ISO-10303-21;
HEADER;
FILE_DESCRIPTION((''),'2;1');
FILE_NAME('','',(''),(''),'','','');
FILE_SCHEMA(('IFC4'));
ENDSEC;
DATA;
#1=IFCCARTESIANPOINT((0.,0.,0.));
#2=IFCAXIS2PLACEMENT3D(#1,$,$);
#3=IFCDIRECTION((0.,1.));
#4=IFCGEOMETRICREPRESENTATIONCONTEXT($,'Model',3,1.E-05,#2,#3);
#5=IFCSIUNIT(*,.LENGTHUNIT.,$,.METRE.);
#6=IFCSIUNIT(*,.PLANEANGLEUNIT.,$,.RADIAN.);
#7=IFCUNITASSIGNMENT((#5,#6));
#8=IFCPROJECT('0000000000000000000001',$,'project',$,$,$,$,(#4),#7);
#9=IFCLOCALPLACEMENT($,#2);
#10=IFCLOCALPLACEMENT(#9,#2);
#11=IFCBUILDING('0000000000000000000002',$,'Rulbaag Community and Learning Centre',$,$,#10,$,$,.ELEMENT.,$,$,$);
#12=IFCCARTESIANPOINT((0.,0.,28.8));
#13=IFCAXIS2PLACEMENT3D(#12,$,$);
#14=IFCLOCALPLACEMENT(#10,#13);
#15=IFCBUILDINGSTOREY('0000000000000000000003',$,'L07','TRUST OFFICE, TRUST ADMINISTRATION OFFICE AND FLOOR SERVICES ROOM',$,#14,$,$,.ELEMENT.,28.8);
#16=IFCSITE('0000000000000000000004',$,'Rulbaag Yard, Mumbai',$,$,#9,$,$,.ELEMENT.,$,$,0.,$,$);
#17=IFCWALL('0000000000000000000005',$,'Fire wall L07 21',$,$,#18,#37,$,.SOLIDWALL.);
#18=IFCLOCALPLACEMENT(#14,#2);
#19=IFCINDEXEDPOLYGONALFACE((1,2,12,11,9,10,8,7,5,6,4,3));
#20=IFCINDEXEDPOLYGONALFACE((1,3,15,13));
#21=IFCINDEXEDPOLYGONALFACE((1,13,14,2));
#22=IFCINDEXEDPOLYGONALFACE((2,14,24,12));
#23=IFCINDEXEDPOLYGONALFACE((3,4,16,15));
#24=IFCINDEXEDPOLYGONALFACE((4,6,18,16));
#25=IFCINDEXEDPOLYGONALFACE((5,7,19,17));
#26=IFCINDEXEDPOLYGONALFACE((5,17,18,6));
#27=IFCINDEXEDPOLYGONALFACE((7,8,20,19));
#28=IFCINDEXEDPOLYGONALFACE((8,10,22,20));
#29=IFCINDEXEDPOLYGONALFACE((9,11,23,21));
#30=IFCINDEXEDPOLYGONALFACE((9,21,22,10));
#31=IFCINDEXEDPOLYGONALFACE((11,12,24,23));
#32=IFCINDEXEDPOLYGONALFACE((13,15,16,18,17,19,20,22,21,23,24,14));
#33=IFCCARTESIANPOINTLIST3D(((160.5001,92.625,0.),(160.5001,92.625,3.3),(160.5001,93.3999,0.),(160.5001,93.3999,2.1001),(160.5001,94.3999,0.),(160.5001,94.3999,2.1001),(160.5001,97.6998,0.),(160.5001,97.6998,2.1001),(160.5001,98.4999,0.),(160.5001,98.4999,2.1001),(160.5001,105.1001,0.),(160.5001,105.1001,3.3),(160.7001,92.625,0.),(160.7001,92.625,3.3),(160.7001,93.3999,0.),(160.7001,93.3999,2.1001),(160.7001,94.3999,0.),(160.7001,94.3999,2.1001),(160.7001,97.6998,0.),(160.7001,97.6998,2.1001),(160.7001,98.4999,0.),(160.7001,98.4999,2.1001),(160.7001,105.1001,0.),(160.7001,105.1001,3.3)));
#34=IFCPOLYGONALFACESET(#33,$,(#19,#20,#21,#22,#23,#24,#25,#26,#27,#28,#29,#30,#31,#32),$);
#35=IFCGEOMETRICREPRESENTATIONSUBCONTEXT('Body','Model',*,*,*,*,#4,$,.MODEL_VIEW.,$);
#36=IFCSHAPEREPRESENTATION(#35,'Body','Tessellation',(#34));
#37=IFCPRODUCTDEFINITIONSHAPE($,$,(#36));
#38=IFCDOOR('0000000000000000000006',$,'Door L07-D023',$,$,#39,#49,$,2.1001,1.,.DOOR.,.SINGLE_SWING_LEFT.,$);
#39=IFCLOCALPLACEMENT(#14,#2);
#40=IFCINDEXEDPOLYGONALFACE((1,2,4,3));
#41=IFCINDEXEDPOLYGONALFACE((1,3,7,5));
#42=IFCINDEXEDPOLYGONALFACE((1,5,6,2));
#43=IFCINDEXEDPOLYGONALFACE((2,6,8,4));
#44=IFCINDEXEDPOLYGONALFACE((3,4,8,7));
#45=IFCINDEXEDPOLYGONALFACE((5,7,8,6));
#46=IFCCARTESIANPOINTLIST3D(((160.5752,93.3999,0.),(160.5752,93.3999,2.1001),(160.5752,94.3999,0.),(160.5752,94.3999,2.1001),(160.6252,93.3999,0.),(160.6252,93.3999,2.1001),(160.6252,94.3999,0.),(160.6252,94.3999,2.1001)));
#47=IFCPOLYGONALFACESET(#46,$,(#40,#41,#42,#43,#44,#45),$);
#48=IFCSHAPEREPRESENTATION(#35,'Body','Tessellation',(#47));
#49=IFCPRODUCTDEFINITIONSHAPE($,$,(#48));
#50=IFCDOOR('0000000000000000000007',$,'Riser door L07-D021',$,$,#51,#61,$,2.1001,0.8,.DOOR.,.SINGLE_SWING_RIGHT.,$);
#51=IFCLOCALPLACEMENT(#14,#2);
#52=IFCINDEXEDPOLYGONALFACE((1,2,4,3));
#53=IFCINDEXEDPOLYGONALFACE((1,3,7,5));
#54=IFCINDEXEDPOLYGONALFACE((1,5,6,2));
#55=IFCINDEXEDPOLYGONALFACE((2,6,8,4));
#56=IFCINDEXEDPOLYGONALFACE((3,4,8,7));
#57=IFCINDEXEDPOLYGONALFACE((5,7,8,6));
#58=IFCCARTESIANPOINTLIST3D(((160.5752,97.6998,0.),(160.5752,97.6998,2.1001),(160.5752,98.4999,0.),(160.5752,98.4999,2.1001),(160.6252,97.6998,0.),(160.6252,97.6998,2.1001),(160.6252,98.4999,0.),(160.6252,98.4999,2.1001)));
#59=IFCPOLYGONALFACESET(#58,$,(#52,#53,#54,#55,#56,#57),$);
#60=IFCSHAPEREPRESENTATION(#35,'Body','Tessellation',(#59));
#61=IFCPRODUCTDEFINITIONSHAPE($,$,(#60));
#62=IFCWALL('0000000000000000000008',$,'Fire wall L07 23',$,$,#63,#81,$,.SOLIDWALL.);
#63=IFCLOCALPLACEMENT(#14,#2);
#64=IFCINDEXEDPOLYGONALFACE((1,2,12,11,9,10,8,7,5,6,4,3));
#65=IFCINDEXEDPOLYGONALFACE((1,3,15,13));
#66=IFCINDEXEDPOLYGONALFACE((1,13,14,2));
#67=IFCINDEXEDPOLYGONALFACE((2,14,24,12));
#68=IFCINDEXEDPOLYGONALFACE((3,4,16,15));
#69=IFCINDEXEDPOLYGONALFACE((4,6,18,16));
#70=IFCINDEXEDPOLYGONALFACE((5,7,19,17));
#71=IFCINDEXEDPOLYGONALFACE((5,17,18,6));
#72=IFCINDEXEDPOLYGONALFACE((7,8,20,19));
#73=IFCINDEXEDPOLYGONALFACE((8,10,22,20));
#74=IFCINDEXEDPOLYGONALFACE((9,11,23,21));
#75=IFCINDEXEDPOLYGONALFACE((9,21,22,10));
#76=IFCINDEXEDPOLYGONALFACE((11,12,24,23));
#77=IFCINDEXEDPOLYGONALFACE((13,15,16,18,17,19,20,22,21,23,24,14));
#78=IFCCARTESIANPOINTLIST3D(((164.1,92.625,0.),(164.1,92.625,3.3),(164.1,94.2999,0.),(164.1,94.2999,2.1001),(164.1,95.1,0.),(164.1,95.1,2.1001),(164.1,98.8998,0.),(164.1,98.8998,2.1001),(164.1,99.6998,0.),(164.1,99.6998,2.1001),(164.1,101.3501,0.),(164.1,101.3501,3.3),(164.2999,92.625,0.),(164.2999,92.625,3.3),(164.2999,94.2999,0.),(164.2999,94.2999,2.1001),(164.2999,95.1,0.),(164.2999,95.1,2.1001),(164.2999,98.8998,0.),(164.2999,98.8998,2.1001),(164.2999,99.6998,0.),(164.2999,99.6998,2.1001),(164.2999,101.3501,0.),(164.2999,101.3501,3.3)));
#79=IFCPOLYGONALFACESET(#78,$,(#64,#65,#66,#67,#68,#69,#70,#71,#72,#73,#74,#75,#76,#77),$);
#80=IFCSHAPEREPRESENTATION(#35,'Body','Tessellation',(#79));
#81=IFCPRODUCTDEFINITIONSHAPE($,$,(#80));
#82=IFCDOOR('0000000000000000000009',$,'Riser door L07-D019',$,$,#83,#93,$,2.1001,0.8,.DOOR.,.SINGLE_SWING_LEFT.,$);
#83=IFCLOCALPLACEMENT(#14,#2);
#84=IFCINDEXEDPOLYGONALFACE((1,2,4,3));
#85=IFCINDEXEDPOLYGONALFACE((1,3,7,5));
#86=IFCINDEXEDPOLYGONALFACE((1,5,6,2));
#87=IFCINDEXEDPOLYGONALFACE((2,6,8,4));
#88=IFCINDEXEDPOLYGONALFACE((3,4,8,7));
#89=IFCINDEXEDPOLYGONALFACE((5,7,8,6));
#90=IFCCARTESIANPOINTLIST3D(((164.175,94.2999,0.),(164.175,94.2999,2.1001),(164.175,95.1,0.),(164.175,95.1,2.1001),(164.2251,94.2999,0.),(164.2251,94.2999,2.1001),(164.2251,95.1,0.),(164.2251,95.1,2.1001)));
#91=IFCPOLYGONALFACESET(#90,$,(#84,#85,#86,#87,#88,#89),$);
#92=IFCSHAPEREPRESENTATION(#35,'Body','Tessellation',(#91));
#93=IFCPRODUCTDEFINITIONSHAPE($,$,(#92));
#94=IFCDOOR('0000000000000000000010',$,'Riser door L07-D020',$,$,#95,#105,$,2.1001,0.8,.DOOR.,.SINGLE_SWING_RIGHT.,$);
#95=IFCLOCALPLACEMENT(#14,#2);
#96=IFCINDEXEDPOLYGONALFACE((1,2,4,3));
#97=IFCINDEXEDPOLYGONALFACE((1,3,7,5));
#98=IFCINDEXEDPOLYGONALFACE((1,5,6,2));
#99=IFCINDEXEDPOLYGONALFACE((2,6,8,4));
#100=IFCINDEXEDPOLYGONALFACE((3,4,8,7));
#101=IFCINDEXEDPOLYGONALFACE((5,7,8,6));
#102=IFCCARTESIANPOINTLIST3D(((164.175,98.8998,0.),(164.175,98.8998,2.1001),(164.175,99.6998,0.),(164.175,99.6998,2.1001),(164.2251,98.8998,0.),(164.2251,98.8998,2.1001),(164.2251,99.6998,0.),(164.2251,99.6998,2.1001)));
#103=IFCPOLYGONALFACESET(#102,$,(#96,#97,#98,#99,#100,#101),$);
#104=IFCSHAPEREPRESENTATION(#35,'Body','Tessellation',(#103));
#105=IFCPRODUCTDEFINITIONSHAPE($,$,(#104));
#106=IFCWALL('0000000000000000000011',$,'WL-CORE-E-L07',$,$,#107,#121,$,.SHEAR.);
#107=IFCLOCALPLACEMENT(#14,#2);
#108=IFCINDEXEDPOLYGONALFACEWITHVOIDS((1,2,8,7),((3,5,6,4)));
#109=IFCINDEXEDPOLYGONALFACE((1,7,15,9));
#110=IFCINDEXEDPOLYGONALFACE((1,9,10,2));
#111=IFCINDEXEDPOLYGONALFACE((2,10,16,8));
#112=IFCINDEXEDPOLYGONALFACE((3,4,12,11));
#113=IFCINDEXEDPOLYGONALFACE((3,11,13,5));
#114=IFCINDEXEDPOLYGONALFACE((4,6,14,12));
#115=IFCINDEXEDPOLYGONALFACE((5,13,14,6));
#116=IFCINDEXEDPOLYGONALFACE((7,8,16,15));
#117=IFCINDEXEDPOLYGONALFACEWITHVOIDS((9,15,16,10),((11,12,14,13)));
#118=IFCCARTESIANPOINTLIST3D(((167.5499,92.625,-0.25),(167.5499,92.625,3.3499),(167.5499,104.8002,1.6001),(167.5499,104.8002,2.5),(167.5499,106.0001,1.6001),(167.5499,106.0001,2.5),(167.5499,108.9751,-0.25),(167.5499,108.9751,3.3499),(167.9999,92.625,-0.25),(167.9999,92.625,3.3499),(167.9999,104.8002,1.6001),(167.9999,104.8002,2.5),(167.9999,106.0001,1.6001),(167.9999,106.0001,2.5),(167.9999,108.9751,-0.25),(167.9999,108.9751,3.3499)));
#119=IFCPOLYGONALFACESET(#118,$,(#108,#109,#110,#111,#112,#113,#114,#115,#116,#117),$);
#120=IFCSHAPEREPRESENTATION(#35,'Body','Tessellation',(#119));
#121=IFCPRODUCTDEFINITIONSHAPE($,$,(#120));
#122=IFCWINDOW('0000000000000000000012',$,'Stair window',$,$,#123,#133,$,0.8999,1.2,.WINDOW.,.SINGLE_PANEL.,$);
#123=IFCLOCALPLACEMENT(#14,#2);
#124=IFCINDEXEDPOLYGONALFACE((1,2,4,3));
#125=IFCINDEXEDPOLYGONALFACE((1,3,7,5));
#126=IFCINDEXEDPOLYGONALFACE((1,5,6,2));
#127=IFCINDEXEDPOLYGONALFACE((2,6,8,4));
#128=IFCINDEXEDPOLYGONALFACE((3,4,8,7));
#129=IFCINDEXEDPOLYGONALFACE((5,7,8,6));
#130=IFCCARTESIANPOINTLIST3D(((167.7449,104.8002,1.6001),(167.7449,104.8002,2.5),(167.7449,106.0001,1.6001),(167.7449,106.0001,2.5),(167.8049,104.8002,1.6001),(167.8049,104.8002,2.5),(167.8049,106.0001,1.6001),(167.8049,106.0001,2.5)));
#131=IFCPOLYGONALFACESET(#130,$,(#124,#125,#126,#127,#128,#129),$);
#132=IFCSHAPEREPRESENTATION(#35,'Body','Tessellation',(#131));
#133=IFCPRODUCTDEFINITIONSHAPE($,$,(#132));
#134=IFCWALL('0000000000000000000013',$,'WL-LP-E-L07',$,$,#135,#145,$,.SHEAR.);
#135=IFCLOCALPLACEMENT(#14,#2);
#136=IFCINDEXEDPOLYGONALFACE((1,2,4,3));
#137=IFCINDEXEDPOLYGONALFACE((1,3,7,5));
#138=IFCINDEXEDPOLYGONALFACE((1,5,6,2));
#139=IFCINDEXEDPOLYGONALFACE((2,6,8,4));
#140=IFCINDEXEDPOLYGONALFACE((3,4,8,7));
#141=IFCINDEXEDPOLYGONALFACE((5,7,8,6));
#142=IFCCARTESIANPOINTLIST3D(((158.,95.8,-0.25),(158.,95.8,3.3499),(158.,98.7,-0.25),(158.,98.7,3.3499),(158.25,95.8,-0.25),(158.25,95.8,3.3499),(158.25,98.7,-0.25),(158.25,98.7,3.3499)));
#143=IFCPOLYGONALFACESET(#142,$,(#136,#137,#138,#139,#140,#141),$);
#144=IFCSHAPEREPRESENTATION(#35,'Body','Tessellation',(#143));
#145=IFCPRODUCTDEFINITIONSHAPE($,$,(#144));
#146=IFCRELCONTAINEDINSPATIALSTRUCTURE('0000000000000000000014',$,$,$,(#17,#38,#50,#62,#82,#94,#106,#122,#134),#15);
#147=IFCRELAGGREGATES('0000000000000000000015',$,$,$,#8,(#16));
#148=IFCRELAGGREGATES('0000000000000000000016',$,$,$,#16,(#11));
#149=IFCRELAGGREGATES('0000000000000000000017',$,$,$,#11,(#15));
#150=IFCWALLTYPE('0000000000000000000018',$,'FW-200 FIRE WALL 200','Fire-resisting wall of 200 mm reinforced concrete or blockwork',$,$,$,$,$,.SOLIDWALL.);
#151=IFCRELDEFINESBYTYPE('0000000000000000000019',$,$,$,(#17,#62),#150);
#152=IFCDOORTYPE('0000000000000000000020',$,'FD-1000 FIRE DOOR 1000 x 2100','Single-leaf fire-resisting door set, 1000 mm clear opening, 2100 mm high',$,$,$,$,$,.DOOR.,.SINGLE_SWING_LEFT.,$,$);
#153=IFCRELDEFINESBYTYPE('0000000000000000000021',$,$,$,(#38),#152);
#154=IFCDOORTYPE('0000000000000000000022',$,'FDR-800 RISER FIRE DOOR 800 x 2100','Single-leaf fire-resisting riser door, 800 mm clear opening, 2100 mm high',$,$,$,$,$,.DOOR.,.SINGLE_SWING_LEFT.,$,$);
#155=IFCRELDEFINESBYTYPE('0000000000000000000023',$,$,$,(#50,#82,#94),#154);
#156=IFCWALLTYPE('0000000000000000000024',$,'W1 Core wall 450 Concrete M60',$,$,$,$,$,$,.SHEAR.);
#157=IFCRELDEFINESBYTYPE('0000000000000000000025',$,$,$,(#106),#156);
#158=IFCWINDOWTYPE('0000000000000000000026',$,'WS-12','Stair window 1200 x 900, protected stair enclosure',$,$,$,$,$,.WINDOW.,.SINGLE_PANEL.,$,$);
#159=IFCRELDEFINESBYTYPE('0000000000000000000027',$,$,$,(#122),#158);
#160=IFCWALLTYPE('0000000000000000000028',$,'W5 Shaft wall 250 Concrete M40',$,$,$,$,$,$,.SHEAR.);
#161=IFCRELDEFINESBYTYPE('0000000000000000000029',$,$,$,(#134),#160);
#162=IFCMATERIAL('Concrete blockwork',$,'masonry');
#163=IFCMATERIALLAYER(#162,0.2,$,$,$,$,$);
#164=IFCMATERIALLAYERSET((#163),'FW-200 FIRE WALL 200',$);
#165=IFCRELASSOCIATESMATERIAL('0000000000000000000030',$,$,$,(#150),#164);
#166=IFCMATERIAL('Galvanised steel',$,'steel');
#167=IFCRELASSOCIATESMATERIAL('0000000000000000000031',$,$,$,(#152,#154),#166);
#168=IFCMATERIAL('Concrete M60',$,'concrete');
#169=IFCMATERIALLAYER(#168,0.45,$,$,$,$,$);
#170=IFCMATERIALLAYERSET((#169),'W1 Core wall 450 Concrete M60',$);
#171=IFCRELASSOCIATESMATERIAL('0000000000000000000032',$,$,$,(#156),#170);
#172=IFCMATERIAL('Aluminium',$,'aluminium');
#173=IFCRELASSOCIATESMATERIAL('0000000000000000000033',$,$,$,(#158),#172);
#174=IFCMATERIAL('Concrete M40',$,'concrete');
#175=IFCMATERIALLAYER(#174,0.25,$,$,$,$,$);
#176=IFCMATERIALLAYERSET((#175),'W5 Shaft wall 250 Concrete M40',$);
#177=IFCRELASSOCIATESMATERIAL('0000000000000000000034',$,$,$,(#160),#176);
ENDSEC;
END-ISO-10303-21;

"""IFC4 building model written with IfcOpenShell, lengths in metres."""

from ifc_helpers import new_model, si_unit, direction, frame, frame_2d, origin, place, context, subcontext, project, spatial, rectangle, extrude, material, layer, layer_set, type_object, element, fill, save


model = new_model("IFC4")

# Units and contexts
model_context = context("Model", 3, precision=1e-05, world=origin(), true_north=direction((0.0, 1.0)))
body_context = subcontext(model_context, "Body", "Model", "MODEL_VIEW")
ifc_project = project(units=[si_unit("LENGTHUNIT", "METRE"), si_unit("PLANEANGLEUNIT", "RADIAN")], contexts=[model_context])

# Site, building, storey
site_placement = place(None, origin())
site = spatial("IfcSite", under=ifc_project, at=site_placement, Name="Rulbaag Yard, Mumbai", CompositionType="ELEMENT", RefElevation=0.0)
building_placement = place(site_placement, origin())
building = spatial("IfcBuilding", under=site, at=building_placement, Name="Rulbaag Community and Learning Centre", CompositionType="ELEMENT")
storey_placement = place(building_placement, frame((0.0, 0.0, 28.8)))
storey = spatial("IfcBuildingStorey", under=building, at=storey_placement, Name="L07", Description="TRUST OFFICE, TRUST ADMINISTRATION OFFICE AND FLOOR SERVICES ROOM", CompositionType="ELEMENT", Elevation=28.8)

# Shared definitions
ifc_material_1 = material(Name="Concrete M40", Category="concrete")

# Shared definitions
ifc_material_2 = material(Name="Aluminium", Category="aluminium")

# Shared definitions
ifc_material_3 = material(Name="Concrete blockwork", Category="masonry")
ifc_layer_1 = layer(ifc_material_3, 0.2)
ifc_layer_set_1 = layer_set([ifc_layer_1], Name="FW-200 FIRE WALL 200")
wall_type_1 = type_object("IfcWallType", Name="FW-200 FIRE WALL 200", Description="Fire-resisting wall of 200 mm reinforced concrete or blockwork", PredefinedType="SOLIDWALL", material=ifc_layer_set_1)

# Walls, openings, doors
wall_1_placement = place(storey_placement, frame((160.6001, 92.625, 0.0), z_axis=(0.0, 0.0, 1.0), x_axis=(0.0, 1.0, 0.0)))
wall_1 = element("IfcWall", 1, at=wall_1_placement, inside=storey, type_object=wall_type_1, Name="Fire wall L07 21", PredefinedType="SOLIDWALL", context=body_context, shape_type="SweptSolid", body=[
    extrude(rectangle(XDim=12.4751, YDim=0.2, at=frame_2d((6.2375, 0.0))), origin(), (0.0, 0.0, 1.0), 3.3),
])
opening_1_placement = place(wall_1_placement, frame((5.075, 0.0, 0.0)))
opening_1 = element("IfcOpeningElement", 2, at=opening_1_placement, cuts=wall_1, PredefinedType="OPENING", context=body_context, shape_type="SweptSolid", body=[
    extrude(rectangle(XDim=0.8, YDim=2.1001, at=frame_2d((0.3999, 1.05))), frame((0.0, 0.1099, 0.0), z_axis=(0.0, -1.0, 0.0), x_axis=(1.0, 0.0, 0.0)), (0.0, 0.0, 1.0), 0.22),
])
opening_2_placement = place(wall_1_placement, frame((0.7749, 0.0, 0.0)))
opening_2 = element("IfcOpeningElement", 3, at=opening_2_placement, cuts=wall_1, PredefinedType="OPENING", context=body_context, shape_type="SweptSolid", body=[
    extrude(rectangle(XDim=1.0, YDim=2.1001, at=frame_2d((0.5, 1.05))), frame((0.0, 0.1099, 0.0), z_axis=(0.0, -1.0, 0.0), x_axis=(1.0, 0.0, 0.0)), (0.0, 0.0, 1.0), 0.22),
])
ifc_material_4 = material(Name="Galvanised steel", Category="steel")
door_type_1 = type_object("IfcDoorType", Name="FD-1000 FIRE DOOR 1000 x 2100", Description="Single-leaf fire-resisting door set, 1000 mm clear opening, 2100 mm high", OperationType="SINGLE_SWING_LEFT", PredefinedType="DOOR", material=ifc_material_4)
door_1_placement = place(opening_2_placement, origin())
door_1 = element("IfcDoor", 4, at=door_1_placement, inside=storey, type_object=door_type_1, Name="Door L07-D023", OperationType="SINGLE_SWING_LEFT", OverallHeight=2.1001, OverallWidth=1.0, PredefinedType="DOOR", context=body_context, shape_type="SweptSolid", body=[
    extrude(rectangle(XDim=1.0, YDim=2.1001, at=frame_2d((0.5, 1.05))), frame((0.0, 0.0249, 0.0), z_axis=(0.0, -1.0, 0.0), x_axis=(1.0, 0.0, 0.0)), (0.0, 0.0, 1.0), 0.05),
])
fill(opening_2, door_1)
door_type_2 = type_object("IfcDoorType", Name="FDR-800 RISER FIRE DOOR 800 x 2100", Description="Single-leaf fire-resisting riser door, 800 mm clear opening, 2100 mm high", OperationType="SINGLE_SWING_LEFT", PredefinedType="DOOR", material=ifc_material_4)
door_2_placement = place(opening_1_placement, origin())
door_2 = element("IfcDoor", 5, at=door_2_placement, inside=storey, type_object=door_type_2, Name="Riser door L07-D021", OperationType="SINGLE_SWING_RIGHT", OverallHeight=2.1001, OverallWidth=0.8, PredefinedType="DOOR", context=body_context, shape_type="SweptSolid", body=[
    extrude(rectangle(XDim=0.8, YDim=2.1001, at=frame_2d((0.3999, 1.05))), frame((0.0, 0.0249, 0.0), z_axis=(0.0, -1.0, 0.0), x_axis=(1.0, 0.0, 0.0)), (0.0, 0.0, 1.0), 0.05),
])
fill(opening_1, door_2)
wall_2_placement = place(storey_placement, frame((164.2, 92.625, 0.0), z_axis=(0.0, 0.0, 1.0), x_axis=(0.0, 1.0, 0.0)))
wall_2 = element("IfcWall", 6, at=wall_2_placement, inside=storey, type_object=wall_type_1, Name="Fire wall L07 23", PredefinedType="SOLIDWALL", context=body_context, shape_type="SweptSolid", body=[
    extrude(rectangle(XDim=8.7251, YDim=0.2, at=frame_2d((4.3625, 0.0))), origin(), (0.0, 0.0, 1.0), 3.3),
])
opening_3_placement = place(wall_2_placement, frame((1.675, 0.0, 0.0)))
opening_3 = element("IfcOpeningElement", 7, at=opening_3_placement, cuts=wall_2, PredefinedType="OPENING", context=body_context, shape_type="SweptSolid", body=[
    extrude(rectangle(XDim=0.8, YDim=2.1001, at=frame_2d((0.3999, 1.05))), frame((0.0, 0.1099, 0.0), z_axis=(0.0, -1.0, 0.0), x_axis=(1.0, 0.0, 0.0)), (0.0, 0.0, 1.0), 0.22),
])
opening_4_placement = place(wall_2_placement, frame((6.2749, 0.0, 0.0)))
opening_4 = element("IfcOpeningElement", 8, at=opening_4_placement, cuts=wall_2, PredefinedType="OPENING", context=body_context, shape_type="SweptSolid", body=[
    extrude(rectangle(XDim=0.8, YDim=2.1001, at=frame_2d((0.3999, 1.05))), frame((0.0, 0.1099, 0.0), z_axis=(0.0, -1.0, 0.0), x_axis=(1.0, 0.0, 0.0)), (0.0, 0.0, 1.0), 0.22),
])
door_3_placement = place(opening_3_placement, origin())
door_3 = element("IfcDoor", 9, at=door_3_placement, inside=storey, type_object=door_type_2, Name="Riser door L07-D019", OperationType="SINGLE_SWING_LEFT", OverallHeight=2.1001, OverallWidth=0.8, PredefinedType="DOOR", context=body_context, shape_type="SweptSolid", body=[
    extrude(rectangle(XDim=0.8, YDim=2.1001, at=frame_2d((0.3999, 1.05))), frame((0.0, 0.0249, 0.0), z_axis=(0.0, -1.0, 0.0), x_axis=(1.0, 0.0, 0.0)), (0.0, 0.0, 1.0), 0.05),
])
fill(opening_3, door_3)
door_4_placement = place(opening_4_placement, origin())
door_4 = element("IfcDoor", 10, at=door_4_placement, inside=storey, type_object=door_type_2, Name="Riser door L07-D020", OperationType="SINGLE_SWING_RIGHT", OverallHeight=2.1001, OverallWidth=0.8, PredefinedType="DOOR", context=body_context, shape_type="SweptSolid", body=[
    extrude(rectangle(XDim=0.8, YDim=2.1001, at=frame_2d((0.3999, 1.05))), frame((0.0, 0.0249, 0.0), z_axis=(0.0, -1.0, 0.0), x_axis=(1.0, 0.0, 0.0)), (0.0, 0.0, 1.0), 0.05),
])
fill(opening_4, door_4)

# Wall, opening, window
ifc_material_5 = material(Name="Concrete M60", Category="concrete")
ifc_layer_2 = layer(ifc_material_5, 0.45)
ifc_layer_set_2 = layer_set([ifc_layer_2], Name="W1 Core wall 450 Concrete M60")
wall_type_2 = type_object("IfcWallType", Name="W1 Core wall 450 Concrete M60", PredefinedType="SHEAR", material=ifc_layer_set_2)
wall_3_placement = place(storey_placement, frame((167.7749, 92.625, -0.25), z_axis=(0.0, 0.0, 1.0), x_axis=(0.0, 1.0, 0.0)))
wall_3 = element("IfcWall", 11, at=wall_3_placement, inside=storey, type_object=wall_type_2, Name="WL-CORE-E-L07", PredefinedType="SHEAR", context=body_context, shape_type="SweptSolid", body=[
    extrude(rectangle(XDim=16.3501, YDim=0.45, at=frame_2d((8.175, 0.0))), origin(), (0.0, 0.0, 1.0), 3.5999),
])
opening_5_placement = place(wall_3_placement, frame((12.175, 0.0, 1.8501)))
opening_5 = element("IfcOpeningElement", 12, at=opening_5_placement, cuts=wall_3, PredefinedType="OPENING", context=body_context, shape_type="SweptSolid", body=[
    extrude(rectangle(XDim=1.2, YDim=0.8999, at=frame_2d((0.6001, 0.45))), frame((0.0, 0.2349, 0.0), z_axis=(0.0, -1.0, 0.0), x_axis=(1.0, 0.0, 0.0)), (0.0, 0.0, 1.0), 0.47),
])
window_type = type_object("IfcWindowType", Name="WS-12", Description="Stair window 1200 x 900, protected stair enclosure", PartitioningType="SINGLE_PANEL", PredefinedType="WINDOW", material=ifc_material_2)
window_placement = place(opening_5_placement, origin())
window = element("IfcWindow", 13, at=window_placement, inside=storey, type_object=window_type, Name="Stair window", OverallHeight=0.8999, OverallWidth=1.2, PartitioningType="SINGLE_PANEL", PredefinedType="WINDOW", context=body_context, shape_type="SweptSolid", body=[
    extrude(rectangle(XDim=1.2, YDim=0.8999, at=frame_2d((0.6001, 0.45))), frame((0.0, 0.03, 0.0), z_axis=(0.0, -1.0, 0.0), x_axis=(1.0, 0.0, 0.0)), (0.0, 0.0, 1.0), 0.0601),
])
fill(opening_5, window)

# Wall
ifc_layer_3 = layer(ifc_material_1, 0.25)
ifc_layer_set_3 = layer_set([ifc_layer_3], Name="W5 Shaft wall 250 Concrete M40")
wall_type_3 = type_object("IfcWallType", Name="W5 Shaft wall 250 Concrete M40", PredefinedType="SHEAR", material=ifc_layer_set_3)
wall_4_placement = place(storey_placement, frame((158.125, 95.8, -0.25), z_axis=(0.0, 0.0, 1.0), x_axis=(0.0, 1.0, 0.0)))
element("IfcWall", 14, at=wall_4_placement, inside=storey, type_object=wall_type_3, Name="WL-LP-E-L07", PredefinedType="SHEAR", context=body_context, shape_type="SweptSolid", body=[
    extrude(rectangle(XDim=2.8999, YDim=0.25, at=frame_2d((1.45, 0.0))), origin(), (0.0, 0.0, 1.0), 3.5999),
])

save(model, "model.ifc")
